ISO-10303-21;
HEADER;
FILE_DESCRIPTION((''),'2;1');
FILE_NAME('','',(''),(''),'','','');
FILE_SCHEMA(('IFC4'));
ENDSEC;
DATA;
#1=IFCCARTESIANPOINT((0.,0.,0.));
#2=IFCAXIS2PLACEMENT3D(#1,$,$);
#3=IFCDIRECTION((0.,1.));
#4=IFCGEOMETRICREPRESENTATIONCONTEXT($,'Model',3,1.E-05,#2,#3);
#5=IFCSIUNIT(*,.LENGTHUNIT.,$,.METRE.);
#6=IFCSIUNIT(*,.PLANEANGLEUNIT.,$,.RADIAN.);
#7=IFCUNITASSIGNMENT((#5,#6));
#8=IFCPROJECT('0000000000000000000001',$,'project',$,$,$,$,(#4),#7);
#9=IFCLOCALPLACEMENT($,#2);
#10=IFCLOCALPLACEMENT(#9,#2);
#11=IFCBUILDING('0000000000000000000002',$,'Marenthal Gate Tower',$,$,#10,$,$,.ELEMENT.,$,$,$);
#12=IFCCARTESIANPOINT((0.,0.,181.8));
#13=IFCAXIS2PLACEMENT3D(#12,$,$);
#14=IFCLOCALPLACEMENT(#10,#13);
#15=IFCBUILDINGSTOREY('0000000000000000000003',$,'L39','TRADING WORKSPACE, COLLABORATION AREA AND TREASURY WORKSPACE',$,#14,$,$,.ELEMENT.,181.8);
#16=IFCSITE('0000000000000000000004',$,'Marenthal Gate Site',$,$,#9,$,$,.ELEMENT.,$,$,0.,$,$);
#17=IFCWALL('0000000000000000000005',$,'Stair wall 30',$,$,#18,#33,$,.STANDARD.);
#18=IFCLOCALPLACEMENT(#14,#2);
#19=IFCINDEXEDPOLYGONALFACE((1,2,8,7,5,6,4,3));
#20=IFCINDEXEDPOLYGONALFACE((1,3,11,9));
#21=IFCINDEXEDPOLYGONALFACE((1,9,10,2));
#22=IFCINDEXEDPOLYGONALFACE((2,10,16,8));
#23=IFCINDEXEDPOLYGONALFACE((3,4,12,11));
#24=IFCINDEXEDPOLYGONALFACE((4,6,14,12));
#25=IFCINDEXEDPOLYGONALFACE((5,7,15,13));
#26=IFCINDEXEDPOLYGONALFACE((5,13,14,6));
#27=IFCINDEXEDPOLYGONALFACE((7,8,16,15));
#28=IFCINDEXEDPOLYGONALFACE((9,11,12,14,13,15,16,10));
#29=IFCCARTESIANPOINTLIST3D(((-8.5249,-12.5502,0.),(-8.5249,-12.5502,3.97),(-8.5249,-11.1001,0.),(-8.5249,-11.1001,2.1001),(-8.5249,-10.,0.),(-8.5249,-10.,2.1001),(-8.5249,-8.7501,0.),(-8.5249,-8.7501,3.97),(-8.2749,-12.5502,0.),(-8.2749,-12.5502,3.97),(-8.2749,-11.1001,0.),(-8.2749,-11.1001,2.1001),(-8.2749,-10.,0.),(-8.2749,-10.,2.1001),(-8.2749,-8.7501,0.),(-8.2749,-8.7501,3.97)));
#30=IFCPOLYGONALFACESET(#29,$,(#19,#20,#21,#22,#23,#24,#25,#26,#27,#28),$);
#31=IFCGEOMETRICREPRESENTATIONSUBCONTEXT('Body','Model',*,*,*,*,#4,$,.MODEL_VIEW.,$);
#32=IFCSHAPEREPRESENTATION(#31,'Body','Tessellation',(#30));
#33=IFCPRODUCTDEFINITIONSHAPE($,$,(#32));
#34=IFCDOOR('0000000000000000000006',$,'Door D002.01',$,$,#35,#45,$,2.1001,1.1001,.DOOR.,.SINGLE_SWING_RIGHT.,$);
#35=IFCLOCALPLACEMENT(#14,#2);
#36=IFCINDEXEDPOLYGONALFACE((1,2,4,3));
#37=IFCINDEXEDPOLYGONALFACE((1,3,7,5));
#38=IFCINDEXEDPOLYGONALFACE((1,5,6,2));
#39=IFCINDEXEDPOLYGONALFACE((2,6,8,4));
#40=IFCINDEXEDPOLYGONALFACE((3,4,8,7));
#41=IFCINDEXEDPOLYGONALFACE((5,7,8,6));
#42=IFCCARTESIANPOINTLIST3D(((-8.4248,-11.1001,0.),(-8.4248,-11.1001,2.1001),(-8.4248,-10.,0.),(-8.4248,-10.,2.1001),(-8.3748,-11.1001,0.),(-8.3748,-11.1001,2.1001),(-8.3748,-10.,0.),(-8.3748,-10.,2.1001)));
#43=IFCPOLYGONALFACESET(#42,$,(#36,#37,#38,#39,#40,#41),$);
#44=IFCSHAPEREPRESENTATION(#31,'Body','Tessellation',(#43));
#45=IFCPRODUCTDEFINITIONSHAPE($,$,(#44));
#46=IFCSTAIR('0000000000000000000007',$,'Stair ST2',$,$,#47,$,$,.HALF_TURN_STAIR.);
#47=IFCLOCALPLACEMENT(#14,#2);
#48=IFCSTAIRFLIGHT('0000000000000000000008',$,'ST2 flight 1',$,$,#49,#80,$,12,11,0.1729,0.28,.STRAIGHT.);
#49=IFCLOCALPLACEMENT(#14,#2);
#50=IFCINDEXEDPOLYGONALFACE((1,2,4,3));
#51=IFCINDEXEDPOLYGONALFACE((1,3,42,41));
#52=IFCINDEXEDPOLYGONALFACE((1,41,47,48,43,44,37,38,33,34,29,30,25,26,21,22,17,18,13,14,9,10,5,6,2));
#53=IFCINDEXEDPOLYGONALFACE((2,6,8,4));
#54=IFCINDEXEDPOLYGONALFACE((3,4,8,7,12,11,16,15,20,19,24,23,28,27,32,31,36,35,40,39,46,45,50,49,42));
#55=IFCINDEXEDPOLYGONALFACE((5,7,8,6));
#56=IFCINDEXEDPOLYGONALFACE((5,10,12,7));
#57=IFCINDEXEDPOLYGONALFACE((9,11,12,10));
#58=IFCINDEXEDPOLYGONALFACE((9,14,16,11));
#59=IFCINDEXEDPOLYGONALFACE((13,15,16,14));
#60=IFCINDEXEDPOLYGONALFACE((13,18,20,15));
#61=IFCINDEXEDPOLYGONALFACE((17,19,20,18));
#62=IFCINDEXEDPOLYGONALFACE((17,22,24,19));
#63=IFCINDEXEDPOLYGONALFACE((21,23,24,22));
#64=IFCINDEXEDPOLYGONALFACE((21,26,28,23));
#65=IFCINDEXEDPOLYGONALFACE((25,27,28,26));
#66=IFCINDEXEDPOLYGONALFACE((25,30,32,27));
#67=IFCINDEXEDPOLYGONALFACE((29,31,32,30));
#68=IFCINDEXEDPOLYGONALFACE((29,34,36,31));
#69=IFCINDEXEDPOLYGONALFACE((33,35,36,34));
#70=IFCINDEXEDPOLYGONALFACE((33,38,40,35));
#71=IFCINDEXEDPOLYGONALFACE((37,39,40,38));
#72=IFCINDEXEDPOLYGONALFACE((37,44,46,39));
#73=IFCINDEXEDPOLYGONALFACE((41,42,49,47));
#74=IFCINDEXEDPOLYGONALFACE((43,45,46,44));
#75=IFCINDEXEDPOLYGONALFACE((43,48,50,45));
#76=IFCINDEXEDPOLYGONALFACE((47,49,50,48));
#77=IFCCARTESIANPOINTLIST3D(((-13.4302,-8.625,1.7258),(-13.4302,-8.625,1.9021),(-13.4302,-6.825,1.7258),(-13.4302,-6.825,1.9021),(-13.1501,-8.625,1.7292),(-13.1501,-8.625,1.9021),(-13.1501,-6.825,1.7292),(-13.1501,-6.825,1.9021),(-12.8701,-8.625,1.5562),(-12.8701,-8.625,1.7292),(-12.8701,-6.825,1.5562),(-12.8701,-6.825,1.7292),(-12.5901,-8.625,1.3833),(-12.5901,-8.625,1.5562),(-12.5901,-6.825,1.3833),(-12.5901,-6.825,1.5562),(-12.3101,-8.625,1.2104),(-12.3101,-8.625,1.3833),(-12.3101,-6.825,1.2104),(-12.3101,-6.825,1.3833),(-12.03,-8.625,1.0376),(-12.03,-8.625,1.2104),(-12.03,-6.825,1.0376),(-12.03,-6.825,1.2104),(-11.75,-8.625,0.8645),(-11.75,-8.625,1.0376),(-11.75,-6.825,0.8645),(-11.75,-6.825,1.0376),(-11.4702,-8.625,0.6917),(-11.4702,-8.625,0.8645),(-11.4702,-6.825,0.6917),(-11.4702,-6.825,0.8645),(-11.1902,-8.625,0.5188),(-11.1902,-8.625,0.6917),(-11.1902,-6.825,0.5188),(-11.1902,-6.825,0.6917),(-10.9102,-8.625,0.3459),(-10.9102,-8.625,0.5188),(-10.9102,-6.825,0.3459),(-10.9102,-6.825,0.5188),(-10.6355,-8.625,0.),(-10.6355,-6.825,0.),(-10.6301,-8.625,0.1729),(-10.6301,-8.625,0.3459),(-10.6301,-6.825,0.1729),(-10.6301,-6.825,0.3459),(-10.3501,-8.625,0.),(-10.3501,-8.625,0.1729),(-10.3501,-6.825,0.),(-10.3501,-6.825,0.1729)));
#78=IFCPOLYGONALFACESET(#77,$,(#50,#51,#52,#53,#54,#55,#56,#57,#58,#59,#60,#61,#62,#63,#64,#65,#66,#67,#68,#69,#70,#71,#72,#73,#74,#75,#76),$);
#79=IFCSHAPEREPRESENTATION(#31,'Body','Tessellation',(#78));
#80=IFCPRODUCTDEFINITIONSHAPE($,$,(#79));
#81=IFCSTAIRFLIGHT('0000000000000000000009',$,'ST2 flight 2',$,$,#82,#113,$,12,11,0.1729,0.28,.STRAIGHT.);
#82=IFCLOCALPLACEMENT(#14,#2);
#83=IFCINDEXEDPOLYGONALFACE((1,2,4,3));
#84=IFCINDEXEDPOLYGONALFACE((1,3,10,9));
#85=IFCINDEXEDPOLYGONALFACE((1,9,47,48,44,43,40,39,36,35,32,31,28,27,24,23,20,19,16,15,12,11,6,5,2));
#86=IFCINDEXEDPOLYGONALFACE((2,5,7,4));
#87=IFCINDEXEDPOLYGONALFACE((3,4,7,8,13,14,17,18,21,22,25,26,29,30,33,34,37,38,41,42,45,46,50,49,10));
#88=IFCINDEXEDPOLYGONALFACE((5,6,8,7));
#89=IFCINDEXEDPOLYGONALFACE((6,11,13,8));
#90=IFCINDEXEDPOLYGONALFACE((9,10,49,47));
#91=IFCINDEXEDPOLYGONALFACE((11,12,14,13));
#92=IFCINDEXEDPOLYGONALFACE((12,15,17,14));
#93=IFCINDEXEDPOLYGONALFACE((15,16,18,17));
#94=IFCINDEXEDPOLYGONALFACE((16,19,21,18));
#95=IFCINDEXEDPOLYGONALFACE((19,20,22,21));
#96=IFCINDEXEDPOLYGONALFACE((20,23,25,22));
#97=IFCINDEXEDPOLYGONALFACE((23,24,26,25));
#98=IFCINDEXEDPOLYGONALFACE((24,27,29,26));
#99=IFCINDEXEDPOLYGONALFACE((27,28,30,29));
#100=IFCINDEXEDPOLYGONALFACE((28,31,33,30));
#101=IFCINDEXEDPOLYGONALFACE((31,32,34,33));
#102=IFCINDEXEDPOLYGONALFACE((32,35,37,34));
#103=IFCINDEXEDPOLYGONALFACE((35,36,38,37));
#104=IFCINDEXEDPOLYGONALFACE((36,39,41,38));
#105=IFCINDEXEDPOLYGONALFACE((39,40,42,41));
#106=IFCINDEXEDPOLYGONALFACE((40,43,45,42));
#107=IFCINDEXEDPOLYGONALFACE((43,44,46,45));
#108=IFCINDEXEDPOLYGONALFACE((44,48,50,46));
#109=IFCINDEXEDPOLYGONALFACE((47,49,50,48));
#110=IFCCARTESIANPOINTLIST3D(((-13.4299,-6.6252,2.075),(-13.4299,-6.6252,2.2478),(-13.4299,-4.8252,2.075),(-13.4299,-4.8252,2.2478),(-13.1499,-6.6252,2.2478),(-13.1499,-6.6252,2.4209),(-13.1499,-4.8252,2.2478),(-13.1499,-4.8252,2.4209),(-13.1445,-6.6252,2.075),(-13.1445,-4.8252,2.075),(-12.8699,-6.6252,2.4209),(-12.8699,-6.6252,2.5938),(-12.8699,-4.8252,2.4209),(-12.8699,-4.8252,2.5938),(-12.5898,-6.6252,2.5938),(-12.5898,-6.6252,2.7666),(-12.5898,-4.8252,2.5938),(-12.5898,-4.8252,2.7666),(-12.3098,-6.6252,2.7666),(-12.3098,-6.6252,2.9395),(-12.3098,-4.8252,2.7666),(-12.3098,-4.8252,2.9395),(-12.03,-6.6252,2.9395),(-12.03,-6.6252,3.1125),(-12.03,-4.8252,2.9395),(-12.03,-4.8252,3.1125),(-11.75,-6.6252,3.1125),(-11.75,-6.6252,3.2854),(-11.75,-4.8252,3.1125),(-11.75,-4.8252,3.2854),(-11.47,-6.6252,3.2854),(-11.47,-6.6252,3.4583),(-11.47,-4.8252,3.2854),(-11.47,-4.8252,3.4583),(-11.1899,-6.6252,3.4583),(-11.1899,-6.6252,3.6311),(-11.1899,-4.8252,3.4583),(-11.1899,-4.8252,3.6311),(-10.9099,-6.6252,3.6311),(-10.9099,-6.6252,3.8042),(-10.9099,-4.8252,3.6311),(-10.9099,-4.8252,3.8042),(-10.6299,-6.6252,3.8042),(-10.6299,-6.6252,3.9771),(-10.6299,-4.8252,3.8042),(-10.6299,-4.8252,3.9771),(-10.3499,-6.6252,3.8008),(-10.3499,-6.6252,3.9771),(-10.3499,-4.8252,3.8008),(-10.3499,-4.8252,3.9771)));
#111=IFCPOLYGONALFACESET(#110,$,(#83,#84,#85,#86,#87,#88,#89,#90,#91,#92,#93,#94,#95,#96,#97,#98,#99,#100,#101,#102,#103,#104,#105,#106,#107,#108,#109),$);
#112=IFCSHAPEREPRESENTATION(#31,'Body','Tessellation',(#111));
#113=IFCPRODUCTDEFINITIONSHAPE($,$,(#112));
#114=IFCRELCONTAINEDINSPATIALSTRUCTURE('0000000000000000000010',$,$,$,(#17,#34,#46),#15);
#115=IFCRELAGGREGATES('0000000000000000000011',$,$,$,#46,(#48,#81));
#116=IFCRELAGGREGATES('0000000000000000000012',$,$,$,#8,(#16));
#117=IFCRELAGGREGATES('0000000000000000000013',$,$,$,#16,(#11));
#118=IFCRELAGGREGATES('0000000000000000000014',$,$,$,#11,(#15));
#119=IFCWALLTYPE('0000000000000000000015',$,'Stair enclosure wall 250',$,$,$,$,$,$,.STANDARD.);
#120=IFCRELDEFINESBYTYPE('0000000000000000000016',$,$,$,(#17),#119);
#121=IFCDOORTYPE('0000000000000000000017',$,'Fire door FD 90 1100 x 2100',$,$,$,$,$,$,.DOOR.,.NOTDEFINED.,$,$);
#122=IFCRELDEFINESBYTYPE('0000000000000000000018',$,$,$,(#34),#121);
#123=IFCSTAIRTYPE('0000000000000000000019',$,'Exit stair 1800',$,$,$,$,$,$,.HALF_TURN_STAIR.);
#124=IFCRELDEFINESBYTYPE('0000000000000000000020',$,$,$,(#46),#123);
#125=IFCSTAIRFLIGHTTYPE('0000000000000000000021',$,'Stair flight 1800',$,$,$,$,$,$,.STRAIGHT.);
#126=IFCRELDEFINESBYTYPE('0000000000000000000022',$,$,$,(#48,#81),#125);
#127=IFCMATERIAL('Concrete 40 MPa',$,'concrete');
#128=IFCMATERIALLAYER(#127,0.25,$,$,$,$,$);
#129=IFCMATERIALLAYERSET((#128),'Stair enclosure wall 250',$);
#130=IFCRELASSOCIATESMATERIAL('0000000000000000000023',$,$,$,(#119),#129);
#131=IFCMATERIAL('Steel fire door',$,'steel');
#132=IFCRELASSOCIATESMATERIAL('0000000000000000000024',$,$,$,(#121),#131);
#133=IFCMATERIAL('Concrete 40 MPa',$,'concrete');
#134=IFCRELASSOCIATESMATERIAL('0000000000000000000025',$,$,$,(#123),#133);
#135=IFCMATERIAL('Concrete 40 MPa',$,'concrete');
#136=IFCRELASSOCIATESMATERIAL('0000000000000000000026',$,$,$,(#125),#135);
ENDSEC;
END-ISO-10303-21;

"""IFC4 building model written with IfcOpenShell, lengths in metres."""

from ifc_helpers import new_model, si_unit, direction, frame, frame_2d, origin, place, context, subcontext, project, spatial, polyline, rectangle, outline, extrude, material, layer, layer_set, type_object, element, fill, aggregate, save


model = new_model("IFC4")

# Units and contexts
model_context = context("Model", 3, precision=1e-05, world=origin(), true_north=direction((0.0, 1.0)))
body_context = subcontext(model_context, "Body", "Model", "MODEL_VIEW")
ifc_project = project(units=[si_unit("LENGTHUNIT", "METRE"), si_unit("PLANEANGLEUNIT", "RADIAN")], contexts=[model_context])

# Site, building, storey
site_placement = place(None, origin())
site = spatial("IfcSite", under=ifc_project, at=site_placement, Name="Marenthal Gate Site", CompositionType="ELEMENT", RefElevation=0.0)
building_placement = place(site_placement, origin())
building = spatial("IfcBuilding", under=site, at=building_placement, Name="Marenthal Gate Tower", CompositionType="ELEMENT")
storey_placement = place(building_placement, frame((0.0, 0.0, 181.8)))
storey = spatial("IfcBuildingStorey", under=building, at=storey_placement, Name="L39", Description="TRADING WORKSPACE, COLLABORATION AREA AND TREASURY WORKSPACE", CompositionType="ELEMENT", Elevation=181.8)

# Shared definitions
ifc_material_1 = material(Name="Concrete 40 MPa", Category="concrete")
ifc_layer_1 = layer(ifc_material_1, 0.25)
ifc_layer_set_1 = layer_set([ifc_layer_1], Name="Stair enclosure wall 250")
wall_type_1 = type_object("IfcWallType", Name="Stair enclosure wall 250", PredefinedType="STANDARD", material=ifc_layer_set_1)

# Wall, opening, door
wall_1_placement = place(storey_placement, frame((-8.3999, -12.55, 0.0), z_axis=(0.0, 0.0, 1.0), x_axis=(0.0, 1.0, 0.0)))
wall_1 = element("IfcWall", 1, at=wall_1_placement, inside=storey, type_object=wall_type_1, Name="Stair wall 30", PredefinedType="STANDARD", context=body_context, shape_type="SweptSolid", body=[
    extrude(rectangle(XDim=3.8, YDim=0.25, at=frame_2d((1.8999, 0.0))), origin(), (0.0, 0.0, 1.0), 3.97),
])
opening_1_placement = place(wall_1_placement, frame((1.45, 0.0, 0.0)))
opening_1 = element("IfcOpeningElement", 2, at=opening_1_placement, cuts=wall_1, PredefinedType="OPENING", context=body_context, shape_type="SweptSolid", body=[
    extrude(rectangle(XDim=1.1001, YDim=2.1001, at=frame_2d((0.55, 1.05))), frame((0.0, 0.135, 0.0), z_axis=(0.0, -1.0, 0.0), x_axis=(1.0, 0.0, 0.0)), (0.0, 0.0, 1.0), 0.27),
])
ifc_material_2 = material(Name="Steel fire door", Category="steel")
door_type_1 = type_object("IfcDoorType", Name="Fire door FD 90 1100 x 2100", OperationType="NOTDEFINED", PredefinedType="DOOR", material=ifc_material_2)
door_1_placement = place(opening_1_placement, origin())
door_1 = element("IfcDoor", 3, at=door_1_placement, inside=storey, type_object=door_type_1, Name="Door D002.01", OperationType="SINGLE_SWING_RIGHT", OverallHeight=2.1001, OverallWidth=1.1001, PredefinedType="DOOR", context=body_context, shape_type="SweptSolid", body=[
    extrude(rectangle(XDim=1.1001, YDim=2.1001, at=frame_2d((0.55, 1.05))), frame((0.0, 0.0249, 0.0), z_axis=(0.0, -1.0, 0.0), x_axis=(1.0, 0.0, 0.0)), (0.0, 0.0, 1.0), 0.05),
])
fill(opening_1, door_1)

# Stair, stair flights
ifc_material_3 = material(Name="Concrete 40 MPa", Category="concrete")
stair_type = type_object("IfcStairType", Name="Exit stair 1800", PredefinedType="HALF_TURN_STAIR", material=ifc_material_3)
stair_placement = place(storey_placement, origin())
stair = element("IfcStair", 4, at=stair_placement, inside=storey, type_object=stair_type, Name="Stair ST2", PredefinedType="HALF_TURN_STAIR")
ifc_material_4 = material(Name="Concrete 40 MPa", Category="concrete")
stair_flight_type = type_object("IfcStairFlightType", Name="Stair flight 1800", PredefinedType="STRAIGHT", material=ifc_material_4)
stair_flight_1_placement = place(storey_placement, frame((-10.3501, -7.7251, 0.0), z_axis=(0.0, 0.0, 1.0), x_axis=(-1.0, 0.0, 0.0)))
stair_flight_1 = element("IfcStairFlight", 5, at=stair_flight_1_placement, type_object=stair_flight_type, Name="ST2 flight 1", NumberOfRisers=12, NumberOfTreads=11, PredefinedType="STRAIGHT", RiserHeight=0.1729, TreadLength=0.28, context=body_context, shape_type="SweptSolid", body=[
    extrude(outline(polyline([(0.0, 0.0), (0.0, 0.1729), (0.28, 0.1729), (0.28, 0.3459), (0.5601, 0.3459), (0.5601, 0.5188), (0.8401, 0.5188), (0.8401, 0.6917), (1.1201, 0.6917), (1.1201, 0.8645), (1.3999, 0.8645), (1.3999, 1.0376), (1.6799, 1.0376), (1.6799, 1.2104), (1.96, 1.2104), (1.96, 1.3833), (2.24, 1.3833), (2.24, 1.5562), (2.52, 1.5562), (2.52, 1.7292), (2.8, 1.7292), (2.8, 1.9021), (3.0801, 1.9021), (3.0801, 2.075), (3.0801, 1.7258), (0.2854, 0.0), (0.0, 0.0)])), frame((0.0, 0.8999, 0.0), z_axis=(0.0, -1.0, 0.0), x_axis=(1.0, 0.0, 0.0)), (0.0, 0.0, 1.0), 1.8),
])
stair_flight_2_placement = place(storey_placement, frame((-13.4299, -5.7251, 2.075), z_axis=(0.0, 0.0, 1.0), x_axis=(1.0, 0.0, 0.0)))
stair_flight_2 = element("IfcStairFlight", 6, at=stair_flight_2_placement, type_object=stair_flight_type, Name="ST2 flight 2", NumberOfRisers=12, NumberOfTreads=11, PredefinedType="STRAIGHT", RiserHeight=0.1729, TreadLength=0.28, context=body_context, shape_type="SweptSolid", body=[
    extrude(outline(polyline([(0.0, 0.0), (0.0, 0.1729), (0.28, 0.1729), (0.28, 0.3459), (0.5601, 0.3459), (0.5601, 0.5188), (0.8401, 0.5188), (0.8401, 0.6917), (1.1201, 0.6917), (1.1201, 0.8645), (1.3999, 0.8645), (1.3999, 1.0376), (1.6799, 1.0376), (1.6799, 1.2104), (1.96, 1.2104), (1.96, 1.3833), (2.24, 1.3833), (2.24, 1.5562), (2.52, 1.5562), (2.52, 1.7292), (2.8, 1.7292), (2.8, 1.9021), (3.0801, 1.9021), (3.0801, 2.075), (3.0801, 1.7258), (0.2854, 0.0), (0.0, 0.0)])), frame((0.0, 0.8999, 0.0), z_axis=(0.0, -1.0, 0.0), x_axis=(1.0, 0.0, 0.0)), (0.0, 0.0, 1.0), 1.8),
])
aggregate(stair, [stair_flight_1, stair_flight_2])

save(model, "model.ifc")
